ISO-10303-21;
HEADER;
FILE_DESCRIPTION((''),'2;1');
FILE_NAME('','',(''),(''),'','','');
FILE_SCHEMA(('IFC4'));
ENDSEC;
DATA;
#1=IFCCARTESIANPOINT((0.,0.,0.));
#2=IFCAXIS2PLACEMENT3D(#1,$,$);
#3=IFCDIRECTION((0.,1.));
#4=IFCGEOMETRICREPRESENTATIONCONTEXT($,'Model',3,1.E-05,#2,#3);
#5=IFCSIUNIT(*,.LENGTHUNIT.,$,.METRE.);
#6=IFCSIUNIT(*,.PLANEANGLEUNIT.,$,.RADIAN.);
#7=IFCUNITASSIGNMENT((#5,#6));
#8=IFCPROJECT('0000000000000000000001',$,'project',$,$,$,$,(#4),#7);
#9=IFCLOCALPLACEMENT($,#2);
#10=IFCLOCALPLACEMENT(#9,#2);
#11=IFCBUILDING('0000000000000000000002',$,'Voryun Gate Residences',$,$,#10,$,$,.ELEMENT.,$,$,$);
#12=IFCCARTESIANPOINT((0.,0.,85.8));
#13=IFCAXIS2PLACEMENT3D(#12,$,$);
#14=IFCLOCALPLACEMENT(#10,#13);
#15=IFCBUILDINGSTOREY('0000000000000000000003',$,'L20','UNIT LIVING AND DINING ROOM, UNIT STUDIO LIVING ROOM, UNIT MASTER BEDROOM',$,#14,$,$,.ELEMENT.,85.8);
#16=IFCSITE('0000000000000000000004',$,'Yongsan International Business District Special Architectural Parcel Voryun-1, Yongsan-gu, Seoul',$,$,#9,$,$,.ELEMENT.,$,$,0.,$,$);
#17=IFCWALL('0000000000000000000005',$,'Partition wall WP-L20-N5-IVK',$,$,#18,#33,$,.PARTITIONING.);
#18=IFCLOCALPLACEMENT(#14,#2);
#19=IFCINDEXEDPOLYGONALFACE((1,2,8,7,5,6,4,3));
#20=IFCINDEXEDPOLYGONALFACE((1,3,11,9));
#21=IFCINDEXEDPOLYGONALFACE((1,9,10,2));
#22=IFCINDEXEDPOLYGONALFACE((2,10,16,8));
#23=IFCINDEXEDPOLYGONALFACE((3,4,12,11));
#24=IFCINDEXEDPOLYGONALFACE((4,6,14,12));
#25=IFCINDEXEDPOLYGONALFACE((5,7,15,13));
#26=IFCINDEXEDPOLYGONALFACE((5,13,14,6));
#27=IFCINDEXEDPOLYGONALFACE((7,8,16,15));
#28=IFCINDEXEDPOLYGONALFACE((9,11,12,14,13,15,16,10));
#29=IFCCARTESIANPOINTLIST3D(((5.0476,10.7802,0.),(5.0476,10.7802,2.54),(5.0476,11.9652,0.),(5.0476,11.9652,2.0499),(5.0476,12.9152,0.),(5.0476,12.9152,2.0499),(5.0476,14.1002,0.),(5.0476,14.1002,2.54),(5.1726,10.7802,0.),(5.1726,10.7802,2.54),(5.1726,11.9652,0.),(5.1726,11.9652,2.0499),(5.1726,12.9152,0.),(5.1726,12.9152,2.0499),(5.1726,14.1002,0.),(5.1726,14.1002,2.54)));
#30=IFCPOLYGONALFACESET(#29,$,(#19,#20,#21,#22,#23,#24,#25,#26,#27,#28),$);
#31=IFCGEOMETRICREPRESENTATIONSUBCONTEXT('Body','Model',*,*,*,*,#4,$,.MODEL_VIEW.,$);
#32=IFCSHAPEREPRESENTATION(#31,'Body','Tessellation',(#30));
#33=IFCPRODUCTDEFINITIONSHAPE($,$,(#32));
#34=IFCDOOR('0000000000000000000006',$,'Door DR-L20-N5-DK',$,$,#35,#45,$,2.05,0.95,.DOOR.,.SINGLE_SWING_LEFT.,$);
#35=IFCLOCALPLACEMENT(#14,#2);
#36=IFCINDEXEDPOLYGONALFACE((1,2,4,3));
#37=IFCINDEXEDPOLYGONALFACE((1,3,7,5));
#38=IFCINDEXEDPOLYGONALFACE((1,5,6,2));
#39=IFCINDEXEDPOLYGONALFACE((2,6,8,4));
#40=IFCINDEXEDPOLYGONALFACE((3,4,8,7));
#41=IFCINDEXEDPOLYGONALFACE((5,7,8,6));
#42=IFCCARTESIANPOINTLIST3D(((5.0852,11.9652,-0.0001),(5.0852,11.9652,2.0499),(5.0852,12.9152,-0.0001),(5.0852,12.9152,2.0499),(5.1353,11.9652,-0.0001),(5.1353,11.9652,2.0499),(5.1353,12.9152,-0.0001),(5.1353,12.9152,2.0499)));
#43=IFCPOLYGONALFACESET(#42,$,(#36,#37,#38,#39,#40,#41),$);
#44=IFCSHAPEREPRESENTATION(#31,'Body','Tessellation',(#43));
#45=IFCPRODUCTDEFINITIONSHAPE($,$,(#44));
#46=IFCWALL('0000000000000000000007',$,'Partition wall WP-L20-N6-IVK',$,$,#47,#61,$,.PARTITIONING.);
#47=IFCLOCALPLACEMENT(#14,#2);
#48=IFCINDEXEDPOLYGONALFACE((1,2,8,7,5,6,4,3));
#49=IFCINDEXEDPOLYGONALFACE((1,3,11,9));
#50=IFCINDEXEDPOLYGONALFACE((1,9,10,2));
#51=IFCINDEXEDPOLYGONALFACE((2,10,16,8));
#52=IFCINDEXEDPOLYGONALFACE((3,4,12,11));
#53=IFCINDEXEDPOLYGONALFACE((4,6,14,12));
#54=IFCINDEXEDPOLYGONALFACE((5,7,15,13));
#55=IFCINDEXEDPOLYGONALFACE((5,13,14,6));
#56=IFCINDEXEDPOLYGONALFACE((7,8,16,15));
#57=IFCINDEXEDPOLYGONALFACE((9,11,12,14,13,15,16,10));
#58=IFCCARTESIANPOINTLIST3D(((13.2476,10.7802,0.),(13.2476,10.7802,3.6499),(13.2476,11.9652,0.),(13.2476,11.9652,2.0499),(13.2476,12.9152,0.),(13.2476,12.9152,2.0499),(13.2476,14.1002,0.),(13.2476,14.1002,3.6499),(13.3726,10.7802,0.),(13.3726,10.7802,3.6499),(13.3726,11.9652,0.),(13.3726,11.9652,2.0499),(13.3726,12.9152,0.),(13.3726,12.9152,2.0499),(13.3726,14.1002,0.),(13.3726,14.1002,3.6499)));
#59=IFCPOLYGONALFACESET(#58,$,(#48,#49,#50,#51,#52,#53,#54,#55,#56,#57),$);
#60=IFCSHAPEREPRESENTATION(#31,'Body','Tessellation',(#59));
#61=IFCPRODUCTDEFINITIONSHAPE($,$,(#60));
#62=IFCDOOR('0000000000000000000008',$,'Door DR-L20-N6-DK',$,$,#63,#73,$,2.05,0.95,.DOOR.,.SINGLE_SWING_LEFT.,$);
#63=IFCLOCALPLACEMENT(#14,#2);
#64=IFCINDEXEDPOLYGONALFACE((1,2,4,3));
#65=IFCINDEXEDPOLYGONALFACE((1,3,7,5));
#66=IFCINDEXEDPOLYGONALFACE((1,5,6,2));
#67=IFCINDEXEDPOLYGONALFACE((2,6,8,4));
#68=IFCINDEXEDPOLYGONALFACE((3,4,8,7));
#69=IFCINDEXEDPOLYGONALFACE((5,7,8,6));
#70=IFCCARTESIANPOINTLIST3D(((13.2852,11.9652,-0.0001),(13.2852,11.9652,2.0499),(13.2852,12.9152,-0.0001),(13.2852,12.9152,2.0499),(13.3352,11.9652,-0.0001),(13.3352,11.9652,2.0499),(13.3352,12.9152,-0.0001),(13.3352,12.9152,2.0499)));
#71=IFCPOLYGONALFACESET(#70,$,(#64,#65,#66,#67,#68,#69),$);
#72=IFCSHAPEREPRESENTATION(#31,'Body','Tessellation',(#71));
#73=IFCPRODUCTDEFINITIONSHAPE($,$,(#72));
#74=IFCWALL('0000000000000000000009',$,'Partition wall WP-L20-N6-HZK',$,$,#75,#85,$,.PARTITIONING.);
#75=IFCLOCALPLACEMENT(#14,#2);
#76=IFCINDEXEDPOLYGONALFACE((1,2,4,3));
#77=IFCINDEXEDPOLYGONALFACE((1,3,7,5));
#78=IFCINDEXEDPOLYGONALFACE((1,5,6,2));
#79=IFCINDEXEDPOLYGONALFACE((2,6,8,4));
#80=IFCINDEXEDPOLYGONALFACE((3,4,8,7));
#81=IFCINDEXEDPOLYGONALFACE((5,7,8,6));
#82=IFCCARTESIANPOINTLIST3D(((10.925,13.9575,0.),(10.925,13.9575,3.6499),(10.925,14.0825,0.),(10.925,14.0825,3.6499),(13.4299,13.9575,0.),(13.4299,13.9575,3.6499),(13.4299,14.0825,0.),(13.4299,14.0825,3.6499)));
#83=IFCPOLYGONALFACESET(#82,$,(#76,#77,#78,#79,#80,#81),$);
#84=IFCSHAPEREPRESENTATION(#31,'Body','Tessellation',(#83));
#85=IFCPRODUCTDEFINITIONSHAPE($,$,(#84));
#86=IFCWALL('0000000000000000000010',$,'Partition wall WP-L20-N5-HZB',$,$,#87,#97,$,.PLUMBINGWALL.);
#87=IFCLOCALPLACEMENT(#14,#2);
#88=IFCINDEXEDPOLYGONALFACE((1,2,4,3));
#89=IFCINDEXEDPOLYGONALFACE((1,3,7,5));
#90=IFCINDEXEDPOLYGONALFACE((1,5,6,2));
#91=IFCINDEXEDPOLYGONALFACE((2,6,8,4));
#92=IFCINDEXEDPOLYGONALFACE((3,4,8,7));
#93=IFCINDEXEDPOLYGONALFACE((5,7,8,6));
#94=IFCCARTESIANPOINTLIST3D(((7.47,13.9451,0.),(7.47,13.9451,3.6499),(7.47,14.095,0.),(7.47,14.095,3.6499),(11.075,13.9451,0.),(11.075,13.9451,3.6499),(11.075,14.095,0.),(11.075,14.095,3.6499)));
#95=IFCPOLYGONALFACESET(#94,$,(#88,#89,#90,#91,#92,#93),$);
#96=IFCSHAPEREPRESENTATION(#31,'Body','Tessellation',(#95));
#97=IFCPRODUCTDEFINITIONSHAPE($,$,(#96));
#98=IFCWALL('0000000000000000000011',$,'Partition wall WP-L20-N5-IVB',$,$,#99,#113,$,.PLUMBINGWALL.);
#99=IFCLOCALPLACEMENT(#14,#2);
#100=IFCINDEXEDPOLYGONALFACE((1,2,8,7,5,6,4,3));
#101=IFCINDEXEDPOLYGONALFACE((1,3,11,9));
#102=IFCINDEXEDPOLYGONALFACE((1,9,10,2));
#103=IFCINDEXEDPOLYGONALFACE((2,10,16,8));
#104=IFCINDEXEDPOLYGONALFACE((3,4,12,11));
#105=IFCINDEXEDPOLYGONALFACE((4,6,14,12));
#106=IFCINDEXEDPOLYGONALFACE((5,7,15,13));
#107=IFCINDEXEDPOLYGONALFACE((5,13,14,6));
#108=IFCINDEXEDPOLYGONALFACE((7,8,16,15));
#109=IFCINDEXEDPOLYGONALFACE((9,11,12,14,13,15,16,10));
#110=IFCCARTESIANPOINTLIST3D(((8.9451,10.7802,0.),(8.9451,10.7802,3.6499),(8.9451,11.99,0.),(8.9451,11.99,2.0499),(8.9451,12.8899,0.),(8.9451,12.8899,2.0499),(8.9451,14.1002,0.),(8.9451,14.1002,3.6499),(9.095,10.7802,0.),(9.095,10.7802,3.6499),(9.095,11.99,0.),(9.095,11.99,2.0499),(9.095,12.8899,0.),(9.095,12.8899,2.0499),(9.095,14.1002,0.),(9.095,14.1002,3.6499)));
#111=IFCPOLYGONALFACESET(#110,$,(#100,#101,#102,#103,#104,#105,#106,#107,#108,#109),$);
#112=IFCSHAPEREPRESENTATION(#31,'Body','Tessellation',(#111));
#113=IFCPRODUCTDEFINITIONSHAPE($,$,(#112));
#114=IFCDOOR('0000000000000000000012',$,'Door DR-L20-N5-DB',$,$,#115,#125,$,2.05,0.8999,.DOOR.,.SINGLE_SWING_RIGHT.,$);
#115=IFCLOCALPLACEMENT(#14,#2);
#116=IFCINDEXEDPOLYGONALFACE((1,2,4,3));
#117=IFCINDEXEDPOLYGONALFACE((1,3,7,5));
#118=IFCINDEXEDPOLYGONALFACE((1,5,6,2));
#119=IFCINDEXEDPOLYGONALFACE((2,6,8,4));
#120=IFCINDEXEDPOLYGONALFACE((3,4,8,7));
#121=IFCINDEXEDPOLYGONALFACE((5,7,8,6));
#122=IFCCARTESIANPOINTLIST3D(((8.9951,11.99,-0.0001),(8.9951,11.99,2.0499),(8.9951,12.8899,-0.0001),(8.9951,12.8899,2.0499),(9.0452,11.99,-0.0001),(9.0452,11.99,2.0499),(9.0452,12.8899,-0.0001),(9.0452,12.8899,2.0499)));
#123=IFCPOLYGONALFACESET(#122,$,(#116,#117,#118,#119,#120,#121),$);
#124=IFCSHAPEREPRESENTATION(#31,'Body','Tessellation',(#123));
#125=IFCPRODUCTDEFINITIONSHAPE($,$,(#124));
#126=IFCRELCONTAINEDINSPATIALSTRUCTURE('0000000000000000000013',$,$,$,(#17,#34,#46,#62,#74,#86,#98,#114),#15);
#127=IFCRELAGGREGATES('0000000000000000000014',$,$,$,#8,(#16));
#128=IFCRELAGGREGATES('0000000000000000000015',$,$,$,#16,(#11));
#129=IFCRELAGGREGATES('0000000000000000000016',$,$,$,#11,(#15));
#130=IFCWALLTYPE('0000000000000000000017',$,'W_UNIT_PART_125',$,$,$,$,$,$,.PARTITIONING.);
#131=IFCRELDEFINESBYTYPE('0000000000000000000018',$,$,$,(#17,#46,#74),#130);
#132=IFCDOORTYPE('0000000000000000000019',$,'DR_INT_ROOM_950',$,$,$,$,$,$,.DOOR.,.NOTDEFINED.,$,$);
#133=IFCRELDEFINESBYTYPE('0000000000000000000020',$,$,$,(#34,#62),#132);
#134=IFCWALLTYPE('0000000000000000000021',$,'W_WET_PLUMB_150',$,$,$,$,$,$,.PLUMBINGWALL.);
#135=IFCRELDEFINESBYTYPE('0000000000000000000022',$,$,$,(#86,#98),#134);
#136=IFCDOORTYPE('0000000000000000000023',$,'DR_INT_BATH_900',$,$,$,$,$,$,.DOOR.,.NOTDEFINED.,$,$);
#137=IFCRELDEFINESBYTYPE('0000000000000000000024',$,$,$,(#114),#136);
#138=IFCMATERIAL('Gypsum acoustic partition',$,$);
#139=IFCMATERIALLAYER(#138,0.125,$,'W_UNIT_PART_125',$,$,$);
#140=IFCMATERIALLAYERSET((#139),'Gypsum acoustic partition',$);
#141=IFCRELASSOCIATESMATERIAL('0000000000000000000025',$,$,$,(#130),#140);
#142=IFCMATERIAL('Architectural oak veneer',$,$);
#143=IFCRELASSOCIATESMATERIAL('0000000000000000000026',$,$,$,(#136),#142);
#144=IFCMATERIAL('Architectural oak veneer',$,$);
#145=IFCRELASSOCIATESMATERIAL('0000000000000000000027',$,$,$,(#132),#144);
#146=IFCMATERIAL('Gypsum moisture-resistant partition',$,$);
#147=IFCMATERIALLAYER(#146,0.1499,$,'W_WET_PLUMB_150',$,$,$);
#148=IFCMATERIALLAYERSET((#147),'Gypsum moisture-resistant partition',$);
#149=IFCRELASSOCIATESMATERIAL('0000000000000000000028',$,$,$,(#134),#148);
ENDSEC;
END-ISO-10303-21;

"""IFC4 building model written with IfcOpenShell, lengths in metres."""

from ifc_helpers import new_model, si_unit, direction, frame, frame_2d, origin, place, context, subcontext, project, spatial, rectangle, extrude, material, layer, layer_set, type_object, element, fill, save


model = new_model("IFC4")

# Units and contexts
model_context = context("Model", 3, precision=1e-05, world=origin(), true_north=direction((0.0, 1.0)))
body_context = subcontext(model_context, "Body", "Model", "MODEL_VIEW")
ifc_project = project(units=[si_unit("LENGTHUNIT", "METRE"), si_unit("PLANEANGLEUNIT", "RADIAN")], contexts=[model_context])

# Site, building, storey
site_placement = place(None, origin())
site = spatial("IfcSite", under=ifc_project, at=site_placement, Name="Yongsan International Business District Special Architectural Parcel Voryun-1, Yongsan-gu, Seoul", CompositionType="ELEMENT", RefElevation=0.0)
building_placement = place(site_placement, origin())
building = spatial("IfcBuilding", under=site, at=building_placement, Name="Voryun Gate Residences", CompositionType="ELEMENT")
storey_placement = place(building_placement, frame((0.0, 0.0, 85.8)))
storey = spatial("IfcBuildingStorey", under=building, at=storey_placement, Name="L20", Description="UNIT LIVING AND DINING ROOM, UNIT STUDIO LIVING ROOM, UNIT MASTER BEDROOM", CompositionType="ELEMENT", Elevation=85.8)

# Walls, openings, doors
ifc_material_1 = material(Name="Gypsum acoustic partition")
ifc_layer_1 = layer(ifc_material_1, 0.125, Name="W_UNIT_PART_125")
ifc_layer_set_1 = layer_set([ifc_layer_1], Name="Gypsum acoustic partition")
wall_type_1 = type_object("IfcWallType", Name="W_UNIT_PART_125", PredefinedType="PARTITIONING", material=ifc_layer_set_1)
ifc_material_2 = material(Name="Architectural oak veneer")
door_type_1 = type_object("IfcDoorType", Name="DR_INT_BATH_900", OperationType="NOTDEFINED", PredefinedType="DOOR", material=ifc_material_2)
wall_1_placement = place(storey_placement, frame((5.1101, 10.78, 0.0), z_axis=(0.0, 0.0, 1.0), x_axis=(0.0, 1.0, 0.0)))
wall_1 = element("IfcWall", 1, at=wall_1_placement, inside=storey, type_object=wall_type_1, Name="Partition wall WP-L20-N5-IVK", PredefinedType="PARTITIONING", context=body_context, shape_type="SweptSolid", body=[
    extrude(rectangle(XDim=3.3201, YDim=0.125, at=frame_2d((1.6602, 0.0))), origin(), (0.0, 0.0, 1.0), 2.54),
])
opening_1_placement = place(wall_1_placement, frame((1.1851, 0.0, 0.0)))
opening_1 = element("IfcOpeningElement", 2, at=opening_1_placement, cuts=wall_1, PredefinedType="OPENING", context=body_context, shape_type="SweptSolid", body=[
    extrude(rectangle(XDim=0.95, YDim=2.05, at=frame_2d((0.4751, 1.0249))), frame((0.0, 0.0725, 0.0), z_axis=(0.0, -1.0, 0.0), x_axis=(1.0, 0.0, 0.0)), (0.0, 0.0, 1.0), 0.145),
])
ifc_material_3 = material(Name="Architectural oak veneer")
door_type_2 = type_object("IfcDoorType", Name="DR_INT_ROOM_950", OperationType="NOTDEFINED", PredefinedType="DOOR", material=ifc_material_3)
door_1_placement = place(opening_1_placement, origin())
door_1 = element("IfcDoor", 3, at=door_1_placement, inside=storey, type_object=door_type_2, Name="Door DR-L20-N5-DK", OperationType="SINGLE_SWING_LEFT", OverallHeight=2.05, OverallWidth=0.95, PredefinedType="DOOR", context=body_context, shape_type="SweptSolid", body=[
    extrude(rectangle(XDim=0.95, YDim=2.05, at=frame_2d((0.4751, 1.0249))), frame((0.0, 0.0249, 0.0), z_axis=(0.0, -1.0, 0.0), x_axis=(1.0, 0.0, 0.0)), (0.0, 0.0, 1.0), 0.05),
])
fill(opening_1, door_1)
wall_2_placement = place(storey_placement, frame((13.3101, 10.78, 0.0), z_axis=(0.0, 0.0, 1.0), x_axis=(0.0, 1.0, 0.0)))
wall_2 = element("IfcWall", 4, at=wall_2_placement, inside=storey, type_object=wall_type_1, Name="Partition wall WP-L20-N6-IVK", PredefinedType="PARTITIONING", context=body_context, shape_type="SweptSolid", body=[
    extrude(rectangle(XDim=3.3201, YDim=0.125, at=frame_2d((1.6602, 0.0))), origin(), (0.0, 0.0, 1.0), 3.6499),
])
opening_2_placement = place(wall_2_placement, frame((1.1851, 0.0, 0.0)))
opening_2 = element("IfcOpeningElement", 5, at=opening_2_placement, cuts=wall_2, PredefinedType="OPENING", context=body_context, shape_type="SweptSolid", body=[
    extrude(rectangle(XDim=0.95, YDim=2.05, at=frame_2d((0.4751, 1.0249))), frame((0.0, 0.0725, 0.0), z_axis=(0.0, -1.0, 0.0), x_axis=(1.0, 0.0, 0.0)), (0.0, 0.0, 1.0), 0.145),
])
door_2_placement = place(opening_2_placement, origin())
door_2 = element("IfcDoor", 6, at=door_2_placement, inside=storey, type_object=door_type_2, Name="Door DR-L20-N6-DK", OperationType="SINGLE_SWING_LEFT", OverallHeight=2.05, OverallWidth=0.95, PredefinedType="DOOR", context=body_context, shape_type="SweptSolid", body=[
    extrude(rectangle(XDim=0.95, YDim=2.05, at=frame_2d((0.4751, 1.0249))), frame((0.0, 0.0249, 0.0), z_axis=(0.0, -1.0, 0.0), x_axis=(1.0, 0.0, 0.0)), (0.0, 0.0, 1.0), 0.05),
])
fill(opening_2, door_2)

# Walls
wall_3_placement = place(storey_placement, frame((10.925, 14.02, 0.0), z_axis=(0.0, 0.0, 1.0), x_axis=(1.0, 0.0, 0.0)))
element("IfcWall", 7, at=wall_3_placement, inside=storey, type_object=wall_type_1, Name="Partition wall WP-L20-N6-HZK", PredefinedType="PARTITIONING", context=body_context, shape_type="SweptSolid", body=[
    extrude(rectangle(XDim=2.5049, YDim=0.125, at=frame_2d((1.2524, 0.0))), origin(), (0.0, 0.0, 1.0), 3.6499),
])
ifc_material_4 = material(Name="Gypsum moisture-resistant partition")
ifc_layer_2 = layer(ifc_material_4, 0.1499, Name="W_WET_PLUMB_150")
ifc_layer_set_2 = layer_set([ifc_layer_2], Name="Gypsum moisture-resistant partition")
wall_type_2 = type_object("IfcWallType", Name="W_WET_PLUMB_150", PredefinedType="PLUMBINGWALL", material=ifc_layer_set_2)
wall_4_placement = place(storey_placement, frame((7.47, 14.02, 0.0), z_axis=(0.0, 0.0, 1.0), x_axis=(1.0, 0.0, 0.0)))
element("IfcWall", 8, at=wall_4_placement, inside=storey, type_object=wall_type_2, Name="Partition wall WP-L20-N5-HZB", PredefinedType="PLUMBINGWALL", context=body_context, shape_type="SweptSolid", body=[
    extrude(rectangle(XDim=3.605, YDim=0.1499, at=frame_2d((1.8025, 0.0))), origin(), (0.0, 0.0, 1.0), 3.6499),
])

# Wall, opening, door
wall_5_placement = place(storey_placement, frame((9.02, 10.78, 0.0), z_axis=(0.0, 0.0, 1.0), x_axis=(0.0, 1.0, 0.0)))
wall_5 = element("IfcWall", 9, at=wall_5_placement, inside=storey, type_object=wall_type_2, Name="Partition wall WP-L20-N5-IVB", PredefinedType="PLUMBINGWALL", context=body_context, shape_type="SweptSolid", body=[
    extrude(rectangle(XDim=3.3201, YDim=0.1499, at=frame_2d((1.6602, 0.0))), origin(), (0.0, 0.0, 1.0), 3.6499),
])
opening_3_placement = place(wall_5_placement, frame((1.21, 0.0, 0.0)))
opening_3 = element("IfcOpeningElement", 10, at=opening_3_placement, cuts=wall_5, PredefinedType="OPENING", context=body_context, shape_type="SweptSolid", body=[
    extrude(rectangle(XDim=0.8999, YDim=2.05, at=frame_2d((0.45, 1.0249))), frame((0.0, 0.085, 0.0), z_axis=(0.0, -1.0, 0.0), x_axis=(1.0, 0.0, 0.0)), (0.0, 0.0, 1.0), 0.1699),
])
door_3_placement = place(opening_3_placement, origin())
door_3 = element("IfcDoor", 11, at=door_3_placement, inside=storey, type_object=door_type_1, Name="Door DR-L20-N5-DB", OperationType="SINGLE_SWING_RIGHT", OverallHeight=2.05, OverallWidth=0.8999, PredefinedType="DOOR", context=body_context, shape_type="SweptSolid", body=[
    extrude(rectangle(XDim=0.8999, YDim=2.05, at=frame_2d((0.45, 1.0249))), frame((0.0, 0.0249, 0.0), z_axis=(0.0, -1.0, 0.0), x_axis=(1.0, 0.0, 0.0)), (0.0, 0.0, 1.0), 0.05),
])
fill(opening_3, door_3)

save(model, "model.ifc")
